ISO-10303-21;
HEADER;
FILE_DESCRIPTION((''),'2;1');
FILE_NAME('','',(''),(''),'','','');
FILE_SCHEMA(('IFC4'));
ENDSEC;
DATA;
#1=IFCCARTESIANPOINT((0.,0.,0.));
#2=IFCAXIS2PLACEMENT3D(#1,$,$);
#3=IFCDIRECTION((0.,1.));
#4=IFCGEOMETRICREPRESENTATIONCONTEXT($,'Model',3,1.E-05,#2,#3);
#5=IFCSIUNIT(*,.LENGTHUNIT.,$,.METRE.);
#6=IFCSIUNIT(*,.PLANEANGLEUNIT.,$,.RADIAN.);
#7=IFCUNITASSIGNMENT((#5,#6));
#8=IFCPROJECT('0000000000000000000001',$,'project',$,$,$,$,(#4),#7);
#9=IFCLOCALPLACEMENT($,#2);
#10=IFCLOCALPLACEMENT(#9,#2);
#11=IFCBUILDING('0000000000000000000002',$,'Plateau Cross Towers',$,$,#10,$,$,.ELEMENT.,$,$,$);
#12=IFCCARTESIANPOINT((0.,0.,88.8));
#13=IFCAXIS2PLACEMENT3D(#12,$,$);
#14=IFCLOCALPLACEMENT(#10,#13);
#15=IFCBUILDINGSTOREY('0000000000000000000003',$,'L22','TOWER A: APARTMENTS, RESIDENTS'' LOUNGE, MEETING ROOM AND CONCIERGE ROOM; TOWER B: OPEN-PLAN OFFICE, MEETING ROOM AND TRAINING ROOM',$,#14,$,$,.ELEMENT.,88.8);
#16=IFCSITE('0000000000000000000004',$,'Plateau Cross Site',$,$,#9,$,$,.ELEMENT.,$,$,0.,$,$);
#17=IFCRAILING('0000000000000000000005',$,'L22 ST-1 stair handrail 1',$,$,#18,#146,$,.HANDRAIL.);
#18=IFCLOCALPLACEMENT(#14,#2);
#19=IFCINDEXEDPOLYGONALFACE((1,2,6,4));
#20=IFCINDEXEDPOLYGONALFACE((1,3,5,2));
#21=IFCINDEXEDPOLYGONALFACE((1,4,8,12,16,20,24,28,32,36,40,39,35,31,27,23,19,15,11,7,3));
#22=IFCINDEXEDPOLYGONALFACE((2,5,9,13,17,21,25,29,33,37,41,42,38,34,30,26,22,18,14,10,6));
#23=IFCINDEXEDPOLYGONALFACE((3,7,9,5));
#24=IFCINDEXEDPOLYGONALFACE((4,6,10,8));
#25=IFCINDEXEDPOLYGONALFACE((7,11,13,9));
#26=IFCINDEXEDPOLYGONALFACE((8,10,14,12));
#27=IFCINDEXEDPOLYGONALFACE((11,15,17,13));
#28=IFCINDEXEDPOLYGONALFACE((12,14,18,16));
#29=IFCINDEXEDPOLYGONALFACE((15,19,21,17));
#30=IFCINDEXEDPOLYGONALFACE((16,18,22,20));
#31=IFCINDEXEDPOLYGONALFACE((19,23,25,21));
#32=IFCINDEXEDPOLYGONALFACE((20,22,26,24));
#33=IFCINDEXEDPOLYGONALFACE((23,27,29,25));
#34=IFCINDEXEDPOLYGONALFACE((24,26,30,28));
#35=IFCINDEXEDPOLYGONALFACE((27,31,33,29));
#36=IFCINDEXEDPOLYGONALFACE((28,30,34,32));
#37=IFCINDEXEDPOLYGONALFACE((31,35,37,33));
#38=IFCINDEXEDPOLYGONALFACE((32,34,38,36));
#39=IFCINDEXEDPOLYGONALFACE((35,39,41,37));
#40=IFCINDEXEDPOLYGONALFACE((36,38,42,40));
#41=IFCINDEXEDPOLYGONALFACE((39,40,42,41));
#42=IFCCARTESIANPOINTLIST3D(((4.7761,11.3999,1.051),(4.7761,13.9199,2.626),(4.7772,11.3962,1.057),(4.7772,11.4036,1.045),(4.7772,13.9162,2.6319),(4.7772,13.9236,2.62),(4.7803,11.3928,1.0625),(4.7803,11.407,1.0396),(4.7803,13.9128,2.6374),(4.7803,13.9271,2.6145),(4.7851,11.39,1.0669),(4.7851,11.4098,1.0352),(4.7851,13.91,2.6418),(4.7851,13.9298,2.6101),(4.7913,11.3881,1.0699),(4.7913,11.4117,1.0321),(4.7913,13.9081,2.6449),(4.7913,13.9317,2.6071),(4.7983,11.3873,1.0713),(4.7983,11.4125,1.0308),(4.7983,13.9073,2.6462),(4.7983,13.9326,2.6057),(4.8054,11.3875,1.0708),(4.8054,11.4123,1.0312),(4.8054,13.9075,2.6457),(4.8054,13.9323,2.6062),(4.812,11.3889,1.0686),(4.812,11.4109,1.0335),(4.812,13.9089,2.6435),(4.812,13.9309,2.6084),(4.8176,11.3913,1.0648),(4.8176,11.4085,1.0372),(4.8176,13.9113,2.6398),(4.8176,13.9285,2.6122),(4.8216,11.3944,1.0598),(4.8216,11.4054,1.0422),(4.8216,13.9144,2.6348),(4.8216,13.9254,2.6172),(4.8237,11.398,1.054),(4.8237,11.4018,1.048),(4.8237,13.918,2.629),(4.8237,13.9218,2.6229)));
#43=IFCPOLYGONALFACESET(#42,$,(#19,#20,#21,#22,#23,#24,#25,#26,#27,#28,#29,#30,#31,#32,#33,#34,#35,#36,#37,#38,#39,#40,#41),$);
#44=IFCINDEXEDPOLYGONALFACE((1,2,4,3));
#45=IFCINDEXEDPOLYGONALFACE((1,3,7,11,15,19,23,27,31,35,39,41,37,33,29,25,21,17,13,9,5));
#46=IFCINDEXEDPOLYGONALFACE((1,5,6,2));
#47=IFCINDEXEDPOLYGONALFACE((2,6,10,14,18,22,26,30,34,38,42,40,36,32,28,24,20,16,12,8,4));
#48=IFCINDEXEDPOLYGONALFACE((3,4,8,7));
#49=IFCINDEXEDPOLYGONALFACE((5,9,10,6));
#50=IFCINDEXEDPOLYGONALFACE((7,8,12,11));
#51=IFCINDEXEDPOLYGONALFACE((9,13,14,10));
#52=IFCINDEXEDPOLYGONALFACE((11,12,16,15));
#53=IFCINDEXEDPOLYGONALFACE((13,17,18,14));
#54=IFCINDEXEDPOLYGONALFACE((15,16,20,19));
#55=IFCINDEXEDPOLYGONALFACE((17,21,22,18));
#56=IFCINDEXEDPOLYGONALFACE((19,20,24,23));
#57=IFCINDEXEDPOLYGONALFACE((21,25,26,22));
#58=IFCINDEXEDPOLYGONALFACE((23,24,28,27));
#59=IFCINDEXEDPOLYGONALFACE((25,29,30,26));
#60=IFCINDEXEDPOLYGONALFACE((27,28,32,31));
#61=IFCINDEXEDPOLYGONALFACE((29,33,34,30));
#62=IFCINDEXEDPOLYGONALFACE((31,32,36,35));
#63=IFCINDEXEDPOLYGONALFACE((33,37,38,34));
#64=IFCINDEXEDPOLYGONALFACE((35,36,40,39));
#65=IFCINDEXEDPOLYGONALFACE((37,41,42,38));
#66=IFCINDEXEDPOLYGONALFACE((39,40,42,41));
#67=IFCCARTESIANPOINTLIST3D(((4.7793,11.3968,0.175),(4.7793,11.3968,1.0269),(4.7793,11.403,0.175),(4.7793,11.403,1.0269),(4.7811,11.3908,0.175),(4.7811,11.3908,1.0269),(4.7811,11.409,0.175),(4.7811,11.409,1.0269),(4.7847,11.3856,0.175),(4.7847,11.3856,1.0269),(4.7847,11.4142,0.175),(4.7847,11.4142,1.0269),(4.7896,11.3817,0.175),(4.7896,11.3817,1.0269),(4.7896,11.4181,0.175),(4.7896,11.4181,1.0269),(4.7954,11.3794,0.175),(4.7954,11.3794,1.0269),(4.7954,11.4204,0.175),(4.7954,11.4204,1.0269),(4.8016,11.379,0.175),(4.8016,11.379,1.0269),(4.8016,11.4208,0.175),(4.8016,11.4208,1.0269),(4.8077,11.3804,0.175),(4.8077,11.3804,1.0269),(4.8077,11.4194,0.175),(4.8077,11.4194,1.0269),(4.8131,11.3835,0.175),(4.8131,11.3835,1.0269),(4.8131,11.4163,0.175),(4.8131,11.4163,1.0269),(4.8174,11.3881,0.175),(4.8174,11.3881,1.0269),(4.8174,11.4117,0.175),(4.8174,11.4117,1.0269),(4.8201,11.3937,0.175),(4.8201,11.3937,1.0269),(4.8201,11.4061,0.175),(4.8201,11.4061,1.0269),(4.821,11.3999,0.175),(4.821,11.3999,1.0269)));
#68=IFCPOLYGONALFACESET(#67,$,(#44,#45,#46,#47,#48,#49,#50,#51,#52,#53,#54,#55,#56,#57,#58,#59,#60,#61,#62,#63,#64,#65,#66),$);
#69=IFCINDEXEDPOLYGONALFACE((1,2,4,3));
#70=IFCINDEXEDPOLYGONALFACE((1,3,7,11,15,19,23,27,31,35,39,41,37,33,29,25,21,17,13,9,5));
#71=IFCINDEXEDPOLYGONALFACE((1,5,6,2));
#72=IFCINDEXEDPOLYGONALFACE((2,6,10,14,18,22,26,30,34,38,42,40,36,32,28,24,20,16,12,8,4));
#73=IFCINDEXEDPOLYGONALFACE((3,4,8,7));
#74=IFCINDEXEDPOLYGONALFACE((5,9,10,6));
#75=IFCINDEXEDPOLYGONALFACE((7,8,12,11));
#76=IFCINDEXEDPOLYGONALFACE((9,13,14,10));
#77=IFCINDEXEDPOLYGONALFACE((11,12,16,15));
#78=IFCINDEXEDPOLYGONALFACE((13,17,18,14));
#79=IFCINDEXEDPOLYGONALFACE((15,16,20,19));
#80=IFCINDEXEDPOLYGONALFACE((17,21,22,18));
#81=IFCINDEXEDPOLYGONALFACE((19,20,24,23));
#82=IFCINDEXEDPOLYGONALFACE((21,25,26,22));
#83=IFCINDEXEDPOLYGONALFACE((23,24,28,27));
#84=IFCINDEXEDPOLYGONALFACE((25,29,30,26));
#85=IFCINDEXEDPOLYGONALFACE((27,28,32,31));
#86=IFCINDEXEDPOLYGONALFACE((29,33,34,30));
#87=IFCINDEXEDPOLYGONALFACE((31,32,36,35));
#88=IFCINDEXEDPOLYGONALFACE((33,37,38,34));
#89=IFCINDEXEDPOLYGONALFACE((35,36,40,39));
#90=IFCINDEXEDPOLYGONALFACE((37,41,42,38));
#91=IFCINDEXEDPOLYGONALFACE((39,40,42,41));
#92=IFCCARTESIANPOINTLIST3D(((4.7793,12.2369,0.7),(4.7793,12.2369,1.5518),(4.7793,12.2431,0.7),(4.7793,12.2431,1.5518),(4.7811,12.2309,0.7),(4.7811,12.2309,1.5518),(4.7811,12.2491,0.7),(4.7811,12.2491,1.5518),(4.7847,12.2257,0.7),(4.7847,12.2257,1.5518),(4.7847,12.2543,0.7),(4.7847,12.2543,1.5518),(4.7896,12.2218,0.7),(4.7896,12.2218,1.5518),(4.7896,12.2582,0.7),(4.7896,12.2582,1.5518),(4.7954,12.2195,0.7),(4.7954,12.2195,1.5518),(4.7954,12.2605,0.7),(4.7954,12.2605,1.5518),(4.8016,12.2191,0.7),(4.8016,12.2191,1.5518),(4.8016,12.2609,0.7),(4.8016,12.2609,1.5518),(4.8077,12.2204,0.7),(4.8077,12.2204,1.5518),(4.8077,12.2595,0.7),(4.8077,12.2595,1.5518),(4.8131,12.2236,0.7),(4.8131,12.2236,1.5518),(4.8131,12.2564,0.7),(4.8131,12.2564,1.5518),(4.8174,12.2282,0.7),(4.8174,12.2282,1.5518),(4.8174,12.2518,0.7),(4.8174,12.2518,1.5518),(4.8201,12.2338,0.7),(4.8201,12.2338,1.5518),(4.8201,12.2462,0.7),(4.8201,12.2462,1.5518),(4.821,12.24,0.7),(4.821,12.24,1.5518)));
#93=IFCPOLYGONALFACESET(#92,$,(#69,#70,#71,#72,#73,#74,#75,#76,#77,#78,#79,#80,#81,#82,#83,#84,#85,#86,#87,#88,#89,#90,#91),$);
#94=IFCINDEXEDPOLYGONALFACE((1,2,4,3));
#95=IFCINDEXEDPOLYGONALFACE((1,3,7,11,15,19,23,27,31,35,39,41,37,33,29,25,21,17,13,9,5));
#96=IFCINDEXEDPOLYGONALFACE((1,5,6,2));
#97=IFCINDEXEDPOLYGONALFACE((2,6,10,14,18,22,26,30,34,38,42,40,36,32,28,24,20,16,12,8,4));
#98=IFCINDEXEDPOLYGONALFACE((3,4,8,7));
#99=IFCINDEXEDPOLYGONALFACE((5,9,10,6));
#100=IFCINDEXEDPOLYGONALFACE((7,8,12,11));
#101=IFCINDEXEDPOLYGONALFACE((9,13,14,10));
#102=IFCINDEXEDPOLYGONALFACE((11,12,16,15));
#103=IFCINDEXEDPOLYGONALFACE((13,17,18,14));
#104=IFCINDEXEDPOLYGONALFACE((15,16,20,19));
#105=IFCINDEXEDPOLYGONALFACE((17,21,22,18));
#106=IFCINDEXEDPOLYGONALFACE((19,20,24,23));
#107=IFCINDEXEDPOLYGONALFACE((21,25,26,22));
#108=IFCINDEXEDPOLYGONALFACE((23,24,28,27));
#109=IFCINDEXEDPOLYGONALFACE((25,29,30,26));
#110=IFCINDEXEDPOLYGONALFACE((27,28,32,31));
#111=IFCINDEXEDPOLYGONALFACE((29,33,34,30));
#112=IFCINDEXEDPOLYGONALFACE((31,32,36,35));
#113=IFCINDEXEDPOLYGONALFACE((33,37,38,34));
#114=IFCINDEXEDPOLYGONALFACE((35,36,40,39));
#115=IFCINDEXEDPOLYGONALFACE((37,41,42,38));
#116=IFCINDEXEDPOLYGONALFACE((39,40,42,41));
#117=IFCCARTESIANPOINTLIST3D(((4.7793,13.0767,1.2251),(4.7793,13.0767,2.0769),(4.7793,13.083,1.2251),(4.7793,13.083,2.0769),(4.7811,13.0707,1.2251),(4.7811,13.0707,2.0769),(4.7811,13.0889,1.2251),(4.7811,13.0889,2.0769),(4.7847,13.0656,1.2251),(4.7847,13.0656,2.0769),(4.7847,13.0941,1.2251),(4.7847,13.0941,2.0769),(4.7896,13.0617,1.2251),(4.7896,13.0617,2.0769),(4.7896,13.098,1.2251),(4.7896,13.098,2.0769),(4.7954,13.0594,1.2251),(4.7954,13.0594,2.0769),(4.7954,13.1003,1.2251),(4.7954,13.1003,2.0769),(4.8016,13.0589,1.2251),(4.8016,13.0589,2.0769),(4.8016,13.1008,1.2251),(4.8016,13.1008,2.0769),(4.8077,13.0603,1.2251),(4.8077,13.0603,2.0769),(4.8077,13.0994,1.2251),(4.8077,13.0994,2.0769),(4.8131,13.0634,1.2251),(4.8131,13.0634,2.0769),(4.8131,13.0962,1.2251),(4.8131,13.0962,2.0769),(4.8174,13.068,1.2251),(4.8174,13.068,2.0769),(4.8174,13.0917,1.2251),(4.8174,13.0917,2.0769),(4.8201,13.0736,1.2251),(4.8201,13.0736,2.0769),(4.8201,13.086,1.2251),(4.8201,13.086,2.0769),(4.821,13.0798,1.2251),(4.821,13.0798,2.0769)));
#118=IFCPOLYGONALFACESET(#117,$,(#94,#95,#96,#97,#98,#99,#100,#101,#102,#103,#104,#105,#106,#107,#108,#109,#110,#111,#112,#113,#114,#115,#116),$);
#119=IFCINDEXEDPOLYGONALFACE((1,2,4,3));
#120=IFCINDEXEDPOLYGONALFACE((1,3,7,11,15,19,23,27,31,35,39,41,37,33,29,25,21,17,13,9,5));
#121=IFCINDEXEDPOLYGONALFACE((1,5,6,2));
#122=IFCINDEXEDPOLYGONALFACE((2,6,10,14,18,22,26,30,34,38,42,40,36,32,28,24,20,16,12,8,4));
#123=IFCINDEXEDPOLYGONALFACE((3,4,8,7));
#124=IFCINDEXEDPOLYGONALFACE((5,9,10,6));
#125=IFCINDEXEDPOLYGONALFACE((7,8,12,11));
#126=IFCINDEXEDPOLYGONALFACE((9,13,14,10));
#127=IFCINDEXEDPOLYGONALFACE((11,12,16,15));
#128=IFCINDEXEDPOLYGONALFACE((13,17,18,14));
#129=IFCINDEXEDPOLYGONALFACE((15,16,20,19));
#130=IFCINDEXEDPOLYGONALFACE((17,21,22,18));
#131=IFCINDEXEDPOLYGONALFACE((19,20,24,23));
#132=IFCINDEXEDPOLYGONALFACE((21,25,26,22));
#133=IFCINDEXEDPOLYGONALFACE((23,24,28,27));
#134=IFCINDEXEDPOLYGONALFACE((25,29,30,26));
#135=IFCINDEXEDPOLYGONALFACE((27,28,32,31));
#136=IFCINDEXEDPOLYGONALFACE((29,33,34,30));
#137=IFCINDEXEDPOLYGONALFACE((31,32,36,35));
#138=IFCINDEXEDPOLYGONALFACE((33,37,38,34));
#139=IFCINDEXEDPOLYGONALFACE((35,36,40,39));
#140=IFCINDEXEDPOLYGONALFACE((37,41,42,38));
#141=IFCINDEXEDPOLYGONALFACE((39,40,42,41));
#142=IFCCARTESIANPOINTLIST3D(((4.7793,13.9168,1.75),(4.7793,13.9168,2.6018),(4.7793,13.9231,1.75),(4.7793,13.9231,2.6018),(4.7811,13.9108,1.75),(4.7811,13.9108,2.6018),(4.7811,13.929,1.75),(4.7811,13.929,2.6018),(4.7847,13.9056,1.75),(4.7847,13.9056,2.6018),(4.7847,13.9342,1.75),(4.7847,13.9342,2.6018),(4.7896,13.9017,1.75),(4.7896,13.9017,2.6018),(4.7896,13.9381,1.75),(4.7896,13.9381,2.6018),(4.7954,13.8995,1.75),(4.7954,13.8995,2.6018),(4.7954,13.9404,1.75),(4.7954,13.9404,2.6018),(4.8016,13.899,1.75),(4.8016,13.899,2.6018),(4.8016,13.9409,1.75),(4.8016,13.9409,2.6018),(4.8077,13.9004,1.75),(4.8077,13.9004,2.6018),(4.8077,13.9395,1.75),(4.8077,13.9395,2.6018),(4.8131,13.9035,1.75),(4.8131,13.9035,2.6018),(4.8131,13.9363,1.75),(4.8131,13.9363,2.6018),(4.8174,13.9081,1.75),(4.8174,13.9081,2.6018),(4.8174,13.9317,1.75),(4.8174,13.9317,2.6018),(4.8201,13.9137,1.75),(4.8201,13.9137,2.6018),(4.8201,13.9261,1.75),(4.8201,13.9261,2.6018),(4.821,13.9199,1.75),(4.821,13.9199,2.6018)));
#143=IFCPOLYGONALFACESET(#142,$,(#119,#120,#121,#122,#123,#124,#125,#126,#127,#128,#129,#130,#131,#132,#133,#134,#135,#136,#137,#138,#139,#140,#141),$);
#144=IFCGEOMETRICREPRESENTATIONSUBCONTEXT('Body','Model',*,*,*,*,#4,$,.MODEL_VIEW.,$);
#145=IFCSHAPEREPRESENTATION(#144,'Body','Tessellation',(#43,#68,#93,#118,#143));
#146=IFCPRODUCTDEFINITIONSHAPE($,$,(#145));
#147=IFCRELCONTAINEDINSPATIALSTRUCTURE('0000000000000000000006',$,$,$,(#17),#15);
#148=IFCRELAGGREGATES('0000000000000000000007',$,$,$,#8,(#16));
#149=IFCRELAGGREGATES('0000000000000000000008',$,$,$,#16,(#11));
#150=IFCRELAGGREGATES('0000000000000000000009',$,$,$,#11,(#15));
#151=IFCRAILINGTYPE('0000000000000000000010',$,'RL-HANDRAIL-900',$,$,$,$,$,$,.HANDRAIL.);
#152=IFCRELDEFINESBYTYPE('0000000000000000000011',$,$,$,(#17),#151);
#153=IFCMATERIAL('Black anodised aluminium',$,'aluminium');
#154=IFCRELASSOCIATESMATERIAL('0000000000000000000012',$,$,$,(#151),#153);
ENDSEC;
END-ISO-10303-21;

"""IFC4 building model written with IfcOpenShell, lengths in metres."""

from ifc_helpers import new_model, si_unit, direction, frame, origin, origin_2d, place, context, subcontext, project, spatial, circle, extrude, material, type_object, element, save


model = new_model("IFC4")

# Units and contexts
model_context = context("Model", 3, precision=1e-05, world=origin(), true_north=direction((0.0, 1.0)))
body_context = subcontext(model_context, "Body", "Model", "MODEL_VIEW")
ifc_project = project(units=[si_unit("LENGTHUNIT", "METRE"), si_unit("PLANEANGLEUNIT", "RADIAN")], contexts=[model_context])

# Site, building, storey
site_placement = place(None, origin())
site = spatial("IfcSite", under=ifc_project, at=site_placement, Name="Plateau Cross Site", CompositionType="ELEMENT", RefElevation=0.0)
building_placement = place(site_placement, origin())
building = spatial("IfcBuilding", under=site, at=building_placement, Name="Plateau Cross Towers", CompositionType="ELEMENT")
storey_placement = place(building_placement, frame((0.0, 0.0, 88.8)))
storey = spatial("IfcBuildingStorey", under=building, at=storey_placement, Name="L22", Description="TOWER A: APARTMENTS, RESIDENTS' LOUNGE, MEETING ROOM AND CONCIERGE ROOM; TOWER B: OPEN-PLAN OFFICE, MEETING ROOM AND TRAINING ROOM", CompositionType="ELEMENT", Elevation=88.8)

# Shared definitions
ifc_material_1 = material(Name="Black anodised aluminium", Category="aluminium")

# Railing
railing_type_1 = type_object("IfcRailingType", Name="RL-HANDRAIL-900", PredefinedType="HANDRAIL", material=ifc_material_1)
railing_1_placement = place(storey_placement, frame((4.8, 11.3999, 0.175)))
element("IfcRailing", 1, at=railing_1_placement, inside=storey, type_object=railing_type_1, Name="L22 ST-1 stair handrail 1", PredefinedType="HANDRAIL", context=body_context, shape_type="SweptSolid", body=[
    extrude(circle(Radius=0.0239, at=origin_2d()), frame((0.0, 0.0, 0.876), z_axis=(0.0, 0.848008, 0.529984), x_axis=(-1.0, 0.0, 0.0)), (0.0, 0.0, 1.0), 2.9717),
    extrude(circle(Radius=0.021, at=origin_2d()), origin(), (0.0, 0.0, 1.0), 0.8518),
    extrude(circle(Radius=0.021, at=origin_2d()), frame((0.0, 0.8401, 0.5249)), (0.0, 0.0, 1.0), 0.8518),
    extrude(circle(Radius=0.021, at=origin_2d()), frame((0.0, 1.6799, 1.05)), (0.0, 0.0, 1.0), 0.8518),
    extrude(circle(Radius=0.021, at=origin_2d()), frame((0.0, 2.52, 1.575)), (0.0, 0.0, 1.0), 0.8518),
])

save(model, "model.ifc")
